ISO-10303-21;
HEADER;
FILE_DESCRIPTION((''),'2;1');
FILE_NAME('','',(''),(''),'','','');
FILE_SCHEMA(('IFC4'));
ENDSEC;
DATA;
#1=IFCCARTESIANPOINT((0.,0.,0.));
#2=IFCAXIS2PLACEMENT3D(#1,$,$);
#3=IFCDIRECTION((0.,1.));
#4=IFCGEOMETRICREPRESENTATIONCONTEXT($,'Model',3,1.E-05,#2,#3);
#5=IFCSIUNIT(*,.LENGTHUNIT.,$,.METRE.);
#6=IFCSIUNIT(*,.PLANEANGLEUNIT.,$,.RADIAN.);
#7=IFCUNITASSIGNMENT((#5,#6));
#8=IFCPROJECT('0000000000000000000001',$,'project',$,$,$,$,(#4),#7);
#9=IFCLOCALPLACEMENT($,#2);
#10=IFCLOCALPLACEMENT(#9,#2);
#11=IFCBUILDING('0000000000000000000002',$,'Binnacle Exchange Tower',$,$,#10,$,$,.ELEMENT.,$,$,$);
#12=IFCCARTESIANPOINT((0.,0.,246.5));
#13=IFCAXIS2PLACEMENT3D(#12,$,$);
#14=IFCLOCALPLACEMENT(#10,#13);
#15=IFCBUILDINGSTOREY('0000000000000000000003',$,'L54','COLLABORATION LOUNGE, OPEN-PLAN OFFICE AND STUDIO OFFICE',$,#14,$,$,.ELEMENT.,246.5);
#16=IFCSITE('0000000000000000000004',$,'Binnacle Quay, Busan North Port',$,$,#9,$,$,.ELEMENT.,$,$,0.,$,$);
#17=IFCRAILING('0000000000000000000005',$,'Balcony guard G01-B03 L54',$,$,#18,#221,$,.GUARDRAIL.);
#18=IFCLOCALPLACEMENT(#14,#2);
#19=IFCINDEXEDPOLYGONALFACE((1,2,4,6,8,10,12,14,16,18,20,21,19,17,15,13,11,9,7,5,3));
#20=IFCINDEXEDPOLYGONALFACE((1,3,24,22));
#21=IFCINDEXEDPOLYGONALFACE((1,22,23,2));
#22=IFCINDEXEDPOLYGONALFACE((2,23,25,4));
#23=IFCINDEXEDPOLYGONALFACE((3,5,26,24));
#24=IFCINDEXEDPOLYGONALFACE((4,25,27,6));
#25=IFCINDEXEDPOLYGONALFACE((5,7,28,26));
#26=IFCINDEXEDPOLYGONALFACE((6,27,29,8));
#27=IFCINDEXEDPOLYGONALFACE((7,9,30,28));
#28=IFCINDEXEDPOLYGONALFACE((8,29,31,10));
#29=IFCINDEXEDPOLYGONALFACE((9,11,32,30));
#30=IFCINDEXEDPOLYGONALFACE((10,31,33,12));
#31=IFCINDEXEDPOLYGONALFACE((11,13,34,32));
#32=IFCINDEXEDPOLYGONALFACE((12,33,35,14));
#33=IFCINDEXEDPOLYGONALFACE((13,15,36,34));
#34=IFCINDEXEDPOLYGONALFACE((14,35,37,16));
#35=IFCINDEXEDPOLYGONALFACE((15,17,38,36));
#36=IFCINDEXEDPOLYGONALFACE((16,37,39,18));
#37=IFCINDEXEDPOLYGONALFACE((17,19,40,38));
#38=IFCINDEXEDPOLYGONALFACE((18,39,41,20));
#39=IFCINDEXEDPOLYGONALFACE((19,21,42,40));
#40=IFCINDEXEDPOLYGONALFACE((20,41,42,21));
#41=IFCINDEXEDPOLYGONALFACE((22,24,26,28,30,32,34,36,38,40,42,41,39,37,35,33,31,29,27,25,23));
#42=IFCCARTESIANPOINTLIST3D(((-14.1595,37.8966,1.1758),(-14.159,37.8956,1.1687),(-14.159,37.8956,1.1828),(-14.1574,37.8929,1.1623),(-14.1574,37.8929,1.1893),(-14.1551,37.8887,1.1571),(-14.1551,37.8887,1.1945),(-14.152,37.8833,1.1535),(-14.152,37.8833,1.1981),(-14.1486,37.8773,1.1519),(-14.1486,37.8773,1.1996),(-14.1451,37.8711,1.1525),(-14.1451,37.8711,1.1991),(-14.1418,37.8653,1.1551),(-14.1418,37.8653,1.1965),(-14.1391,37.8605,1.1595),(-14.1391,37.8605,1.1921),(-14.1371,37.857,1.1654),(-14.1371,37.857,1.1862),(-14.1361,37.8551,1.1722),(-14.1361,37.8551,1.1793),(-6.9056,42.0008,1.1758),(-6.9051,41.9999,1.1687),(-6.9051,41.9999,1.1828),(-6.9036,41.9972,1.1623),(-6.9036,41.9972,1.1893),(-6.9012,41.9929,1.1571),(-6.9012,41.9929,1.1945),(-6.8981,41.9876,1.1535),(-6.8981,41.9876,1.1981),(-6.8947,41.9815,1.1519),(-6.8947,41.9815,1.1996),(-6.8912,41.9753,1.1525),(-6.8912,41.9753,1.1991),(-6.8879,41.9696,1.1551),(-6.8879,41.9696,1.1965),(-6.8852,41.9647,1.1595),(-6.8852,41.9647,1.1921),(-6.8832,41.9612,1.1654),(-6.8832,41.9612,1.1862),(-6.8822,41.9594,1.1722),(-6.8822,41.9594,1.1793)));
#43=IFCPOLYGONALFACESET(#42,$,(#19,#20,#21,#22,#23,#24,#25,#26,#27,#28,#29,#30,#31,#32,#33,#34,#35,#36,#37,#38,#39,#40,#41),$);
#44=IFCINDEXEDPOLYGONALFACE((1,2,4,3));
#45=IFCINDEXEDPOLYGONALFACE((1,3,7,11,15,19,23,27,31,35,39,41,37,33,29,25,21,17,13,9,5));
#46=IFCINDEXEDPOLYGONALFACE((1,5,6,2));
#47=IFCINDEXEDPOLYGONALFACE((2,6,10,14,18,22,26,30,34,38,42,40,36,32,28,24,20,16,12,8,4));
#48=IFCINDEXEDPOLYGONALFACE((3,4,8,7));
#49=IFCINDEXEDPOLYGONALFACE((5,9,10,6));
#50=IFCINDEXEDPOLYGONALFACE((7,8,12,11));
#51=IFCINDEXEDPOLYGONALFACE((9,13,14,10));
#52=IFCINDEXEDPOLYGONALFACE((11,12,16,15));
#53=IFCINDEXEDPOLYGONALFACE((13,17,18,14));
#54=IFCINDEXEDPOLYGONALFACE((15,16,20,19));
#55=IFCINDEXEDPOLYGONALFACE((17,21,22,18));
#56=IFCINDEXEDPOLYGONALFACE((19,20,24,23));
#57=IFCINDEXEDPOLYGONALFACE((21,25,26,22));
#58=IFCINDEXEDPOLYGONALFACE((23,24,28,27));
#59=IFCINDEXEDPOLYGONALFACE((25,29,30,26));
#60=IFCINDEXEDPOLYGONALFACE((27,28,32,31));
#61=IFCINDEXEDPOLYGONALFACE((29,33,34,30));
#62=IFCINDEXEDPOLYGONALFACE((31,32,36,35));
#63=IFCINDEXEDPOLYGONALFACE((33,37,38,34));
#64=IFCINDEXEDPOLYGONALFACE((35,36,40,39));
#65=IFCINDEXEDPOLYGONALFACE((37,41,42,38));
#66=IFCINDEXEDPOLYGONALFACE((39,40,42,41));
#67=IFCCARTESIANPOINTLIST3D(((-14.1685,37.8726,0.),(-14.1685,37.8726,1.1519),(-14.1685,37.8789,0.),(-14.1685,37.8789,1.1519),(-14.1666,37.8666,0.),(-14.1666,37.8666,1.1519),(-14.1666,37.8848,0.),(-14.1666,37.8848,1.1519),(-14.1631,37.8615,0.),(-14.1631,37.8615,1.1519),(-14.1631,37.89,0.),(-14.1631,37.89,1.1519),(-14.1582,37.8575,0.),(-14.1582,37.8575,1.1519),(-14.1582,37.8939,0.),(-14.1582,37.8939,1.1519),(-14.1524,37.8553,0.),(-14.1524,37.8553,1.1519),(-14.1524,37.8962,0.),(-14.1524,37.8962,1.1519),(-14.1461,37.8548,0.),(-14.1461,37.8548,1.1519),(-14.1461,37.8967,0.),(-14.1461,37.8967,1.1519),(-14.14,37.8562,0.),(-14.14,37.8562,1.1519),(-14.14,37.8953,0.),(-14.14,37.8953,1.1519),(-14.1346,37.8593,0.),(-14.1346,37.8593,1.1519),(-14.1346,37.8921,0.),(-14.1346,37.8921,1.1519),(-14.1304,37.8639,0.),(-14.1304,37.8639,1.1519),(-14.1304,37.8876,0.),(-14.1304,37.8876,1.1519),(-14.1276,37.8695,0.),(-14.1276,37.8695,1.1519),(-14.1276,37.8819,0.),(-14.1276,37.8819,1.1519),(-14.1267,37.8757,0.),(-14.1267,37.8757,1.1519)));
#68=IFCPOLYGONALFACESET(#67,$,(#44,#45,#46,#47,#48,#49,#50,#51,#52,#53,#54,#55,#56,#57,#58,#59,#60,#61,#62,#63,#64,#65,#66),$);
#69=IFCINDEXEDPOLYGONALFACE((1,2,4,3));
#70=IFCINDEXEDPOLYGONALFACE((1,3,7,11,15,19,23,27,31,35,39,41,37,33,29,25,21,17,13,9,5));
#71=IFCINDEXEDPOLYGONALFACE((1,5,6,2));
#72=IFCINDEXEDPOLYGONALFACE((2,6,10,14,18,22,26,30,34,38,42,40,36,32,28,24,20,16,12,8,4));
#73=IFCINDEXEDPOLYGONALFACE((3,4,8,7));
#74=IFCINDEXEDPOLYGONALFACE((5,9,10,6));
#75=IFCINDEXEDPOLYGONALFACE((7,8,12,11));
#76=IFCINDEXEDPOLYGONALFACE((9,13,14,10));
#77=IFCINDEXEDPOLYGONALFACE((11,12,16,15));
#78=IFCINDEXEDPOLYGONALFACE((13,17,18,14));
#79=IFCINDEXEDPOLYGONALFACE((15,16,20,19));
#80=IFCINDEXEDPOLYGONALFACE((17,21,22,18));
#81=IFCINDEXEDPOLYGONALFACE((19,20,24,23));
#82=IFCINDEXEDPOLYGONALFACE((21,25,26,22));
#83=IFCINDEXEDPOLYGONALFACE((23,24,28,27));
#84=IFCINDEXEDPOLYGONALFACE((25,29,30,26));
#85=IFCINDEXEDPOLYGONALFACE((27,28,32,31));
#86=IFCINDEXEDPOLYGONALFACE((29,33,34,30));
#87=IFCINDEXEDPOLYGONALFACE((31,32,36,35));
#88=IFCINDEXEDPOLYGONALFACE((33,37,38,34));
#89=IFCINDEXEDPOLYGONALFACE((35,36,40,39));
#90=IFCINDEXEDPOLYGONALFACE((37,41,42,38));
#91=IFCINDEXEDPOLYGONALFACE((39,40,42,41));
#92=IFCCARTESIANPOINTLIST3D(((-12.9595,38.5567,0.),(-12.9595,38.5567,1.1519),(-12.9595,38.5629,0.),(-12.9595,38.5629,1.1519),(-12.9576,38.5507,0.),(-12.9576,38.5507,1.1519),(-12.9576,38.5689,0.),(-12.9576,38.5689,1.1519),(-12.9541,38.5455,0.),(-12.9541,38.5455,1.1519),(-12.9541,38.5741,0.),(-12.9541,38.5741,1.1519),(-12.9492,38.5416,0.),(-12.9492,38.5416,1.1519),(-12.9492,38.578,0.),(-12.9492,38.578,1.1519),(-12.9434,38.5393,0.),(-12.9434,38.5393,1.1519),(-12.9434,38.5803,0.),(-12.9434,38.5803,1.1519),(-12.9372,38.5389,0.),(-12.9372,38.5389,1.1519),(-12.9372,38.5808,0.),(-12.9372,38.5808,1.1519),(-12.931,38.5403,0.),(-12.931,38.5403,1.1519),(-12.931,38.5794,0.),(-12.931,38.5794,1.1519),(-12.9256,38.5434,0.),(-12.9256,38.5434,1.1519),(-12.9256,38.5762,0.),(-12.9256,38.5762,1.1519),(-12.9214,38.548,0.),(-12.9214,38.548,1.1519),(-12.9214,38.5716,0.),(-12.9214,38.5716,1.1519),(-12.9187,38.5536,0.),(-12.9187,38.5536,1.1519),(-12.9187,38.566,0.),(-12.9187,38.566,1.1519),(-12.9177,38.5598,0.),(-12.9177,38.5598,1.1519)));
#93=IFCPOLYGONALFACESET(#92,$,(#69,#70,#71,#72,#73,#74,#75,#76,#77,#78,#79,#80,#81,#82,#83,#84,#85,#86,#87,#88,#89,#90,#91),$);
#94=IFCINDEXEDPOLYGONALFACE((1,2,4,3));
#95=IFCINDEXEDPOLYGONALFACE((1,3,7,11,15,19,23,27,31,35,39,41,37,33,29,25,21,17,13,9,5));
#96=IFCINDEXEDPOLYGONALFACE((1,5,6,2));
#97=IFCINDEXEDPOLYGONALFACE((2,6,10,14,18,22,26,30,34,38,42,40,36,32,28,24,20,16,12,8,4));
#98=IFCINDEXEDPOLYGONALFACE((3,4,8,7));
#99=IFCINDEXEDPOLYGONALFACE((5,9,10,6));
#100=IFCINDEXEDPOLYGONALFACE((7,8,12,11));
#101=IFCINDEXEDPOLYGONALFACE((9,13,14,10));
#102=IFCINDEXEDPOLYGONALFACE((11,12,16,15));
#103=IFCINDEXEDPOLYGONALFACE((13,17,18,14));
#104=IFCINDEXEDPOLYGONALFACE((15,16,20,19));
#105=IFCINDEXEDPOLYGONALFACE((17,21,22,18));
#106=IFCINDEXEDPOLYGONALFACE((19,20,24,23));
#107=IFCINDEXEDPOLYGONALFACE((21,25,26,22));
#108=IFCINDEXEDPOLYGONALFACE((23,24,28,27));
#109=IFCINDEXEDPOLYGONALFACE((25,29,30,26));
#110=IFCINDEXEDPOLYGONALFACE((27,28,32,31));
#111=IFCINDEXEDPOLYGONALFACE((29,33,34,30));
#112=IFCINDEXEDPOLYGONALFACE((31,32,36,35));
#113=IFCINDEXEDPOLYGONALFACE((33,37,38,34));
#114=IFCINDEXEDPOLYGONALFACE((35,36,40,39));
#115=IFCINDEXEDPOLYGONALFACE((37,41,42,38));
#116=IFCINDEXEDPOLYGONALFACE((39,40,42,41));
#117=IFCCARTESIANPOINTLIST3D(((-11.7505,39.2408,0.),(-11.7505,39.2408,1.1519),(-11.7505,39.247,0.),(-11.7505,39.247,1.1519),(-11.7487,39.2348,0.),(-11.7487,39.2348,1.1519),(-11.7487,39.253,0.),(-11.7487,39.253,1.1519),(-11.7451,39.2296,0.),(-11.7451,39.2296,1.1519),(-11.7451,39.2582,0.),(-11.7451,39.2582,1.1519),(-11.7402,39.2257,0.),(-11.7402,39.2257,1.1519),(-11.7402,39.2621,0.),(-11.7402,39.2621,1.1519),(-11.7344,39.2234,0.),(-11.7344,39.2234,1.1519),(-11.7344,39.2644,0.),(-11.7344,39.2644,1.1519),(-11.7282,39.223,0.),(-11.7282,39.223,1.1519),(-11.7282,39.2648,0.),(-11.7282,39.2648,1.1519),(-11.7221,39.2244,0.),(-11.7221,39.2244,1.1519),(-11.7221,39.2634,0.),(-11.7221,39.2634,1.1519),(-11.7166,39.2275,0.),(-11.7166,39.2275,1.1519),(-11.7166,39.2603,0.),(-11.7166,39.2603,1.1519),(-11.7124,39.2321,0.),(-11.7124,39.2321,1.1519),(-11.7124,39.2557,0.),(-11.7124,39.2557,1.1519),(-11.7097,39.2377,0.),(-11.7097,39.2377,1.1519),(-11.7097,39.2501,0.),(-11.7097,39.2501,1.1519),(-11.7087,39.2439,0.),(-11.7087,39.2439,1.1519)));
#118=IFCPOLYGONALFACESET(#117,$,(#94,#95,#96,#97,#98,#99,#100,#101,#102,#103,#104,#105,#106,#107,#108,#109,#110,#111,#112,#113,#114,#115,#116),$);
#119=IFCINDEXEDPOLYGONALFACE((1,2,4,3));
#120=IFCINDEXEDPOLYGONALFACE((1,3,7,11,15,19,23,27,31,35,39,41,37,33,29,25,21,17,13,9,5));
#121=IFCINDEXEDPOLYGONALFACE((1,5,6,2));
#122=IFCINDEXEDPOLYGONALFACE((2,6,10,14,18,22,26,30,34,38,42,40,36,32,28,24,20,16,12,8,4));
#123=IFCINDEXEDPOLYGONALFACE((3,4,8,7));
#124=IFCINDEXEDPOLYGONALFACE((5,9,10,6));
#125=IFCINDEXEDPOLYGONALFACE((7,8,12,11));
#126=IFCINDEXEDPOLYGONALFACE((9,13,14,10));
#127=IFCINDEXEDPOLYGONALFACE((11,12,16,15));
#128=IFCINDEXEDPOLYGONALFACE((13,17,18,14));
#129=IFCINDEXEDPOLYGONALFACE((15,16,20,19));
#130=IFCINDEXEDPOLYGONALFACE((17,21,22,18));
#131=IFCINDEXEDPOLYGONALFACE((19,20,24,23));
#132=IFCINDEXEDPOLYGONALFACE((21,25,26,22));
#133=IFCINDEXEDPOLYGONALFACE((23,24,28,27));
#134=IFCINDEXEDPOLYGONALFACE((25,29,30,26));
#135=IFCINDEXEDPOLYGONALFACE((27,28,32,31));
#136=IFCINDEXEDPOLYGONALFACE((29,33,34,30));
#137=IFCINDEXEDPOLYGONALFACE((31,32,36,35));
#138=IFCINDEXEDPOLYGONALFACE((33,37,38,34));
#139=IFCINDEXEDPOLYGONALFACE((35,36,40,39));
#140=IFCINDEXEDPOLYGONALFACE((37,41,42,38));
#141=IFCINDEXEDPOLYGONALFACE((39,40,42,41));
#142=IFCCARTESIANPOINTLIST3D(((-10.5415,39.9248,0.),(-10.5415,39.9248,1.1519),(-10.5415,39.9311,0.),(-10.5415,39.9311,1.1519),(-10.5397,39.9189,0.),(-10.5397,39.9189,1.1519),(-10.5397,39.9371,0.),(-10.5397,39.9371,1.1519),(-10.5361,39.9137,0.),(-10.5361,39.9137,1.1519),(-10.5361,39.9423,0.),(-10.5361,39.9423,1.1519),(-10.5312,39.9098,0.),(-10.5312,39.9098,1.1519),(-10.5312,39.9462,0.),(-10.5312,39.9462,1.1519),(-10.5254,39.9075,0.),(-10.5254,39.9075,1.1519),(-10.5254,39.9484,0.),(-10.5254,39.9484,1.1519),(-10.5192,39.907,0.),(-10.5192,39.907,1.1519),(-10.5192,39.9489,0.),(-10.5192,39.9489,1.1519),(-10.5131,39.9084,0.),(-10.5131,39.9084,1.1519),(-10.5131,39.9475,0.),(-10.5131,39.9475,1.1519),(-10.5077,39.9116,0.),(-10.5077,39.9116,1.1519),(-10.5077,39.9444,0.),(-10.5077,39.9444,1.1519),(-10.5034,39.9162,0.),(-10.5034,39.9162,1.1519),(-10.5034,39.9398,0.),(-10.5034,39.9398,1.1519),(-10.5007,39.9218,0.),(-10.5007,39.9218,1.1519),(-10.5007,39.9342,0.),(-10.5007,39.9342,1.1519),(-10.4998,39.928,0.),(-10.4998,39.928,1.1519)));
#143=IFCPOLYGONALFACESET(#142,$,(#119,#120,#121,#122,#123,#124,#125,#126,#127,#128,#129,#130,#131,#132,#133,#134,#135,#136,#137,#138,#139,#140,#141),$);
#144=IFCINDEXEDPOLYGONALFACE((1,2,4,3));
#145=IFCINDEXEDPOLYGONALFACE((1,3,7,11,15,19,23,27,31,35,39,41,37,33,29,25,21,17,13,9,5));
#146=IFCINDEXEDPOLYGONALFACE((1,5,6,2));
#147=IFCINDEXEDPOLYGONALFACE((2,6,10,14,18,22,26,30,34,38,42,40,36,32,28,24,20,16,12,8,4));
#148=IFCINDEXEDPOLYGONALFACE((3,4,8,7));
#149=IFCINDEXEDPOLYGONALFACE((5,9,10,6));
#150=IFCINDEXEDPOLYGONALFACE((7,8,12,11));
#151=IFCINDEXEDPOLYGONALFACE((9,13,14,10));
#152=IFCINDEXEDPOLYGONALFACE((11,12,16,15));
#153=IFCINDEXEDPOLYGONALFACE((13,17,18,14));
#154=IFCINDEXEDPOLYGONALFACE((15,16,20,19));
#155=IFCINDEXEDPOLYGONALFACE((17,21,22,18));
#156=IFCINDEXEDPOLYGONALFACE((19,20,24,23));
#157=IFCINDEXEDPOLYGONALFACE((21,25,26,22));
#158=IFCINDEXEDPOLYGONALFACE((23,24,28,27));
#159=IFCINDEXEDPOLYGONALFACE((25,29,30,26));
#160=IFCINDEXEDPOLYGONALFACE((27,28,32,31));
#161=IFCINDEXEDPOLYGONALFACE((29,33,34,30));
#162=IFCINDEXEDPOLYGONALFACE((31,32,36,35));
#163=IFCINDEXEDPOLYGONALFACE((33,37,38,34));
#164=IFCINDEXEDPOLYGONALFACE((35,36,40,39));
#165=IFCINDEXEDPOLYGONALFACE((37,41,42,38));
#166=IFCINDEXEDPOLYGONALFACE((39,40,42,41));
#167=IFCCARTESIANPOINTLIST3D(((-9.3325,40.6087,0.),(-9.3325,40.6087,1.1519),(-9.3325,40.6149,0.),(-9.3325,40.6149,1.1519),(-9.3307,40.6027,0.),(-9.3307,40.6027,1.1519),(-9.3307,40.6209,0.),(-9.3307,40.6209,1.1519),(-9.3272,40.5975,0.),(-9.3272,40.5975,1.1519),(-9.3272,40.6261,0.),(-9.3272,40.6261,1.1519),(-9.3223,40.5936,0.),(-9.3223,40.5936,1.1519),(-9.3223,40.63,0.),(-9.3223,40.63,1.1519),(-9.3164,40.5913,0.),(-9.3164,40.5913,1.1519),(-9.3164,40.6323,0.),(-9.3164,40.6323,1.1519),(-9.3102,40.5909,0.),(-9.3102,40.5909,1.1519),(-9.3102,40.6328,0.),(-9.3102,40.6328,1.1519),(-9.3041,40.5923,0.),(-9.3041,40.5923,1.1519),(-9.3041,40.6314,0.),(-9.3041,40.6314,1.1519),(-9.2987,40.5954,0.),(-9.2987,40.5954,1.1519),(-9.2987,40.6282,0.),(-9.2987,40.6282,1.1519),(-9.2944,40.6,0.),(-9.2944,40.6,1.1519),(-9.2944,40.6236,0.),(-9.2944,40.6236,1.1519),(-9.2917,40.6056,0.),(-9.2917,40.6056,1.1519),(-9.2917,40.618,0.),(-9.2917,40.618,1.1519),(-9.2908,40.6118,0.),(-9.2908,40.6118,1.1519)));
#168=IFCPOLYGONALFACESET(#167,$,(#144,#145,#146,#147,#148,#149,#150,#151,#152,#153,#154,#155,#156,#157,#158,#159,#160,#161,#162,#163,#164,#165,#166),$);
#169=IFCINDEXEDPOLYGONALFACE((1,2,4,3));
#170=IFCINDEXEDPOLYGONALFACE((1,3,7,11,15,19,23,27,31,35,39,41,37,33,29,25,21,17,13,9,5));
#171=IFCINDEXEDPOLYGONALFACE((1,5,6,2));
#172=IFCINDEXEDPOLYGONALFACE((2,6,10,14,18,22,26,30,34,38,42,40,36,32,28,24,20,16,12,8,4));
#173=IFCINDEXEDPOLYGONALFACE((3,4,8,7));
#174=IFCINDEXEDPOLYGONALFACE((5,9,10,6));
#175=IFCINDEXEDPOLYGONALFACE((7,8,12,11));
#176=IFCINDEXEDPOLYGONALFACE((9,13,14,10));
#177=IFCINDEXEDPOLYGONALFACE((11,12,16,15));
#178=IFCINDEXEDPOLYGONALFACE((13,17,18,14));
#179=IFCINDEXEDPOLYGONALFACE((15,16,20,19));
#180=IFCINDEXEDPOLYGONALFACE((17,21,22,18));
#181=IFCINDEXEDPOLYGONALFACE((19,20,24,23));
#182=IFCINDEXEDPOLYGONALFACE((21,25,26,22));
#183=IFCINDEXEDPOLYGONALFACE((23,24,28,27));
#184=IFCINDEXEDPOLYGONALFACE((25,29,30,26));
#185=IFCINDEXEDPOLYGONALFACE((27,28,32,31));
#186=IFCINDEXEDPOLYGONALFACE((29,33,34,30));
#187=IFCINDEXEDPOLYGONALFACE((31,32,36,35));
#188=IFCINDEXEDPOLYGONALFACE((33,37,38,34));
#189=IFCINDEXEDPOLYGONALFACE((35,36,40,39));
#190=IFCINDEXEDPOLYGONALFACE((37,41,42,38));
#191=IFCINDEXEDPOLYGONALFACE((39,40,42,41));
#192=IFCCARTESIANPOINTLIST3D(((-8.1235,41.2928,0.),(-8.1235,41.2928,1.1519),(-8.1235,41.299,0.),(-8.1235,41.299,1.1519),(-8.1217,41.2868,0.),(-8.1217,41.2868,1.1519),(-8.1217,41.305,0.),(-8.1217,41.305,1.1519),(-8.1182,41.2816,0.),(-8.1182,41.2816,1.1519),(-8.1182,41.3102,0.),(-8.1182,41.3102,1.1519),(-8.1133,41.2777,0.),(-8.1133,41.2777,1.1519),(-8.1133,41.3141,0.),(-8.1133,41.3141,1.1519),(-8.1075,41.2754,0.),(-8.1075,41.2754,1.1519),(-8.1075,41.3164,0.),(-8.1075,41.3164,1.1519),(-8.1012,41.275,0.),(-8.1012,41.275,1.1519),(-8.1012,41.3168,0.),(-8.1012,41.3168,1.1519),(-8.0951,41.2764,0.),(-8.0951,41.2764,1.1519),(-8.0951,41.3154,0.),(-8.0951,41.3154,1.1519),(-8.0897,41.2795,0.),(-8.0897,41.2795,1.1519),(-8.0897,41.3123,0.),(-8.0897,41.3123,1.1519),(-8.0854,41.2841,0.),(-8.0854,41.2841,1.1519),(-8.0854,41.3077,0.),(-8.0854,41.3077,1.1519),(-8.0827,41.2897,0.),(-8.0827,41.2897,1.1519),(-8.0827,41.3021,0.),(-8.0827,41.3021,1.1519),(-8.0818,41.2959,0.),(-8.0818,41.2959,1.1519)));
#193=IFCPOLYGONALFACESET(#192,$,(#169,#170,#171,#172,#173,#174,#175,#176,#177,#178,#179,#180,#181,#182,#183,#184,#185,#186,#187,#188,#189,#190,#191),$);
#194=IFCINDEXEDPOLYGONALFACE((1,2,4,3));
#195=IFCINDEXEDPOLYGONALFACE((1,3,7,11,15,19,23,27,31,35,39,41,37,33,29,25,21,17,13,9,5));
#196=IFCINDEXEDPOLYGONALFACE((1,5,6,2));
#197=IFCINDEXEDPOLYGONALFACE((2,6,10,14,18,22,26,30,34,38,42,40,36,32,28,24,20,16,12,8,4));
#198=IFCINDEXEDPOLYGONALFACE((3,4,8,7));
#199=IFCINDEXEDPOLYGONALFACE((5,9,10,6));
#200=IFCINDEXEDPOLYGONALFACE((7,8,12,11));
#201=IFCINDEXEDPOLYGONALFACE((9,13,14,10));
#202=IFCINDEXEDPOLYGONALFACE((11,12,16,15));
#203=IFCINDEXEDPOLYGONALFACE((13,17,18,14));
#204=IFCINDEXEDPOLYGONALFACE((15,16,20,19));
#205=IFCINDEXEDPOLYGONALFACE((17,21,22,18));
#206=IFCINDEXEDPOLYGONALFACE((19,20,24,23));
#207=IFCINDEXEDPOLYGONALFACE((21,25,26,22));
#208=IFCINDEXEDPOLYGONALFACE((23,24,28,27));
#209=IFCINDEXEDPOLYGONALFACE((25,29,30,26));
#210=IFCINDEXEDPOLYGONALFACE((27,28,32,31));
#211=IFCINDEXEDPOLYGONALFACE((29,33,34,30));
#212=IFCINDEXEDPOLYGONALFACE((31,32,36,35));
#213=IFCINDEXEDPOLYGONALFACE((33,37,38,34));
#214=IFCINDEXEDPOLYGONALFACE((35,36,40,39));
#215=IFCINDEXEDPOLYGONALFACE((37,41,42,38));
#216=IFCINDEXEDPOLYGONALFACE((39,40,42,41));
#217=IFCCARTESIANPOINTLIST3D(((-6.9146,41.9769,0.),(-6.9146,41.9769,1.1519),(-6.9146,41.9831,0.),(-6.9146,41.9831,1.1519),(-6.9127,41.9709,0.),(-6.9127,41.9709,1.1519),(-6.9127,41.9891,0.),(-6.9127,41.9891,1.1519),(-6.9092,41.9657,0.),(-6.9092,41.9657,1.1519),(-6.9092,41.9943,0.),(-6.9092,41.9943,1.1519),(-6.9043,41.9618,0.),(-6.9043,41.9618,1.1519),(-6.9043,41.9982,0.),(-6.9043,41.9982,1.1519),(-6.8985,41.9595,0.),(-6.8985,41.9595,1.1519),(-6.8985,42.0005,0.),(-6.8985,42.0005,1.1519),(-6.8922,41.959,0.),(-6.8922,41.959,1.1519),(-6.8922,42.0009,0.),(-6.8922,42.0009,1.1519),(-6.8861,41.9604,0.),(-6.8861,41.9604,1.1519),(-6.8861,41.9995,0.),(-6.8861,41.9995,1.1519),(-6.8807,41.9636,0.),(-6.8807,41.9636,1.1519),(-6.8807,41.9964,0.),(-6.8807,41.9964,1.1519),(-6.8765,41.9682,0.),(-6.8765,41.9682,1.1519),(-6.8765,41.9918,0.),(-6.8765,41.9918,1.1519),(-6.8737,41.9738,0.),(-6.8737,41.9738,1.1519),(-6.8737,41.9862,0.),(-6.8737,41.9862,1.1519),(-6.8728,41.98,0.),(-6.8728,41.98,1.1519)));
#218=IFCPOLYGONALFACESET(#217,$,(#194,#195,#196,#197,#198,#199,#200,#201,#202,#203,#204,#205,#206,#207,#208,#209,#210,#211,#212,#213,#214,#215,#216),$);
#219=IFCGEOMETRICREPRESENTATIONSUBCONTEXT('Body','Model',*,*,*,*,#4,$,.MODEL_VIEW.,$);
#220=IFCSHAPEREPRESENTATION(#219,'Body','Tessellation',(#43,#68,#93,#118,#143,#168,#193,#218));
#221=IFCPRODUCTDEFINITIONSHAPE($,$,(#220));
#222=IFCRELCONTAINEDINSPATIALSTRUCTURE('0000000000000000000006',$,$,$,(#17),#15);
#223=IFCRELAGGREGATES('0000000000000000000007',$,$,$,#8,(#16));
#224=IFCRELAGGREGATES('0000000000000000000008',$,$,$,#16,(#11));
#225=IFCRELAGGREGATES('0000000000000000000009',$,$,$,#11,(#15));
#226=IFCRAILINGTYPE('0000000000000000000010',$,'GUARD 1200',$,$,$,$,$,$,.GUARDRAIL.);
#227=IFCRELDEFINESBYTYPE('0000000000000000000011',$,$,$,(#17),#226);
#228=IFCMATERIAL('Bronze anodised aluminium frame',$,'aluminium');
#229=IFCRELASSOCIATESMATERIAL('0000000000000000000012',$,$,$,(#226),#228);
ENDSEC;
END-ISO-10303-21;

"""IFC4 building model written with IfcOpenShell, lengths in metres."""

from ifc_helpers import new_model, si_unit, direction, frame, origin, origin_2d, place, context, subcontext, project, spatial, circle, extrude, material, type_object, element, save


model = new_model("IFC4")

# Units and contexts
model_context = context("Model", 3, precision=1e-05, world=origin(), true_north=direction((0.0, 1.0)))
body_context = subcontext(model_context, "Body", "Model", "MODEL_VIEW")
ifc_project = project(units=[si_unit("LENGTHUNIT", "METRE"), si_unit("PLANEANGLEUNIT", "RADIAN")], contexts=[model_context])

# Site, building, storey
site_placement = place(None, origin())
site = spatial("IfcSite", under=ifc_project, at=site_placement, Name="Binnacle Quay, Busan North Port", CompositionType="ELEMENT", RefElevation=0.0)
building_placement = place(site_placement, origin())
building = spatial("IfcBuilding", under=site, at=building_placement, Name="Binnacle Exchange Tower", CompositionType="ELEMENT")
storey_placement = place(building_placement, frame((0.0, 0.0, 246.5)))
storey = spatial("IfcBuildingStorey", under=building, at=storey_placement, Name="L54", Description="COLLABORATION LOUNGE, OPEN-PLAN OFFICE AND STUDIO OFFICE", CompositionType="ELEMENT", Elevation=246.5)

# Railing
ifc_material_1 = material(Name="Bronze anodised aluminium frame", Category="aluminium")
railing_type = type_object("IfcRailingType", Name="GUARD 1200", PredefinedType="GUARDRAIL", material=ifc_material_1)
railing_1_placement = place(storey_placement, frame((-14.1477, 37.8757, 0.0)))
element("IfcRailing", 1, at=railing_1_placement, inside=storey, type_object=railing_type, Name="Balcony guard G01-B03 L54", PredefinedType="GUARDRAIL", context=body_context, shape_type="SweptSolid", body=[
    extrude(circle(Radius=0.0239, at=origin_2d()), frame((0.0, 0.0, 1.1758), z_axis=(0.870346, 0.49244, 0.0), x_axis=(-0.49244, 0.870346, 0.0)), (0.0, 0.0, 1.0), 8.3345),
    extrude(circle(Radius=0.021, at=origin_2d()), origin(), (0.0, 0.0, 1.0), 1.1519),
    extrude(circle(Radius=0.021, at=origin_2d()), frame((1.209, 0.6841, 0.0)), (0.0, 0.0, 1.0), 1.1519),
    extrude(circle(Radius=0.021, at=origin_2d()), frame((2.418, 1.3682, 0.0)), (0.0, 0.0, 1.0), 1.1519),
    extrude(circle(Radius=0.021, at=origin_2d()), frame((3.627, 2.0522, 0.0)), (0.0, 0.0, 1.0), 1.1519),
    extrude(circle(Radius=0.021, at=origin_2d()), frame((4.8359, 2.7361, 0.0)), (0.0, 0.0, 1.0), 1.1519),
    extrude(circle(Radius=0.021, at=origin_2d()), frame((6.0449, 3.4202, 0.0)), (0.0, 0.0, 1.0), 1.1519),
    extrude(circle(Radius=0.021, at=origin_2d()), frame((7.2539, 4.1042, 0.0)), (0.0, 0.0, 1.0), 1.1519),
])

save(model, "model.ifc")
